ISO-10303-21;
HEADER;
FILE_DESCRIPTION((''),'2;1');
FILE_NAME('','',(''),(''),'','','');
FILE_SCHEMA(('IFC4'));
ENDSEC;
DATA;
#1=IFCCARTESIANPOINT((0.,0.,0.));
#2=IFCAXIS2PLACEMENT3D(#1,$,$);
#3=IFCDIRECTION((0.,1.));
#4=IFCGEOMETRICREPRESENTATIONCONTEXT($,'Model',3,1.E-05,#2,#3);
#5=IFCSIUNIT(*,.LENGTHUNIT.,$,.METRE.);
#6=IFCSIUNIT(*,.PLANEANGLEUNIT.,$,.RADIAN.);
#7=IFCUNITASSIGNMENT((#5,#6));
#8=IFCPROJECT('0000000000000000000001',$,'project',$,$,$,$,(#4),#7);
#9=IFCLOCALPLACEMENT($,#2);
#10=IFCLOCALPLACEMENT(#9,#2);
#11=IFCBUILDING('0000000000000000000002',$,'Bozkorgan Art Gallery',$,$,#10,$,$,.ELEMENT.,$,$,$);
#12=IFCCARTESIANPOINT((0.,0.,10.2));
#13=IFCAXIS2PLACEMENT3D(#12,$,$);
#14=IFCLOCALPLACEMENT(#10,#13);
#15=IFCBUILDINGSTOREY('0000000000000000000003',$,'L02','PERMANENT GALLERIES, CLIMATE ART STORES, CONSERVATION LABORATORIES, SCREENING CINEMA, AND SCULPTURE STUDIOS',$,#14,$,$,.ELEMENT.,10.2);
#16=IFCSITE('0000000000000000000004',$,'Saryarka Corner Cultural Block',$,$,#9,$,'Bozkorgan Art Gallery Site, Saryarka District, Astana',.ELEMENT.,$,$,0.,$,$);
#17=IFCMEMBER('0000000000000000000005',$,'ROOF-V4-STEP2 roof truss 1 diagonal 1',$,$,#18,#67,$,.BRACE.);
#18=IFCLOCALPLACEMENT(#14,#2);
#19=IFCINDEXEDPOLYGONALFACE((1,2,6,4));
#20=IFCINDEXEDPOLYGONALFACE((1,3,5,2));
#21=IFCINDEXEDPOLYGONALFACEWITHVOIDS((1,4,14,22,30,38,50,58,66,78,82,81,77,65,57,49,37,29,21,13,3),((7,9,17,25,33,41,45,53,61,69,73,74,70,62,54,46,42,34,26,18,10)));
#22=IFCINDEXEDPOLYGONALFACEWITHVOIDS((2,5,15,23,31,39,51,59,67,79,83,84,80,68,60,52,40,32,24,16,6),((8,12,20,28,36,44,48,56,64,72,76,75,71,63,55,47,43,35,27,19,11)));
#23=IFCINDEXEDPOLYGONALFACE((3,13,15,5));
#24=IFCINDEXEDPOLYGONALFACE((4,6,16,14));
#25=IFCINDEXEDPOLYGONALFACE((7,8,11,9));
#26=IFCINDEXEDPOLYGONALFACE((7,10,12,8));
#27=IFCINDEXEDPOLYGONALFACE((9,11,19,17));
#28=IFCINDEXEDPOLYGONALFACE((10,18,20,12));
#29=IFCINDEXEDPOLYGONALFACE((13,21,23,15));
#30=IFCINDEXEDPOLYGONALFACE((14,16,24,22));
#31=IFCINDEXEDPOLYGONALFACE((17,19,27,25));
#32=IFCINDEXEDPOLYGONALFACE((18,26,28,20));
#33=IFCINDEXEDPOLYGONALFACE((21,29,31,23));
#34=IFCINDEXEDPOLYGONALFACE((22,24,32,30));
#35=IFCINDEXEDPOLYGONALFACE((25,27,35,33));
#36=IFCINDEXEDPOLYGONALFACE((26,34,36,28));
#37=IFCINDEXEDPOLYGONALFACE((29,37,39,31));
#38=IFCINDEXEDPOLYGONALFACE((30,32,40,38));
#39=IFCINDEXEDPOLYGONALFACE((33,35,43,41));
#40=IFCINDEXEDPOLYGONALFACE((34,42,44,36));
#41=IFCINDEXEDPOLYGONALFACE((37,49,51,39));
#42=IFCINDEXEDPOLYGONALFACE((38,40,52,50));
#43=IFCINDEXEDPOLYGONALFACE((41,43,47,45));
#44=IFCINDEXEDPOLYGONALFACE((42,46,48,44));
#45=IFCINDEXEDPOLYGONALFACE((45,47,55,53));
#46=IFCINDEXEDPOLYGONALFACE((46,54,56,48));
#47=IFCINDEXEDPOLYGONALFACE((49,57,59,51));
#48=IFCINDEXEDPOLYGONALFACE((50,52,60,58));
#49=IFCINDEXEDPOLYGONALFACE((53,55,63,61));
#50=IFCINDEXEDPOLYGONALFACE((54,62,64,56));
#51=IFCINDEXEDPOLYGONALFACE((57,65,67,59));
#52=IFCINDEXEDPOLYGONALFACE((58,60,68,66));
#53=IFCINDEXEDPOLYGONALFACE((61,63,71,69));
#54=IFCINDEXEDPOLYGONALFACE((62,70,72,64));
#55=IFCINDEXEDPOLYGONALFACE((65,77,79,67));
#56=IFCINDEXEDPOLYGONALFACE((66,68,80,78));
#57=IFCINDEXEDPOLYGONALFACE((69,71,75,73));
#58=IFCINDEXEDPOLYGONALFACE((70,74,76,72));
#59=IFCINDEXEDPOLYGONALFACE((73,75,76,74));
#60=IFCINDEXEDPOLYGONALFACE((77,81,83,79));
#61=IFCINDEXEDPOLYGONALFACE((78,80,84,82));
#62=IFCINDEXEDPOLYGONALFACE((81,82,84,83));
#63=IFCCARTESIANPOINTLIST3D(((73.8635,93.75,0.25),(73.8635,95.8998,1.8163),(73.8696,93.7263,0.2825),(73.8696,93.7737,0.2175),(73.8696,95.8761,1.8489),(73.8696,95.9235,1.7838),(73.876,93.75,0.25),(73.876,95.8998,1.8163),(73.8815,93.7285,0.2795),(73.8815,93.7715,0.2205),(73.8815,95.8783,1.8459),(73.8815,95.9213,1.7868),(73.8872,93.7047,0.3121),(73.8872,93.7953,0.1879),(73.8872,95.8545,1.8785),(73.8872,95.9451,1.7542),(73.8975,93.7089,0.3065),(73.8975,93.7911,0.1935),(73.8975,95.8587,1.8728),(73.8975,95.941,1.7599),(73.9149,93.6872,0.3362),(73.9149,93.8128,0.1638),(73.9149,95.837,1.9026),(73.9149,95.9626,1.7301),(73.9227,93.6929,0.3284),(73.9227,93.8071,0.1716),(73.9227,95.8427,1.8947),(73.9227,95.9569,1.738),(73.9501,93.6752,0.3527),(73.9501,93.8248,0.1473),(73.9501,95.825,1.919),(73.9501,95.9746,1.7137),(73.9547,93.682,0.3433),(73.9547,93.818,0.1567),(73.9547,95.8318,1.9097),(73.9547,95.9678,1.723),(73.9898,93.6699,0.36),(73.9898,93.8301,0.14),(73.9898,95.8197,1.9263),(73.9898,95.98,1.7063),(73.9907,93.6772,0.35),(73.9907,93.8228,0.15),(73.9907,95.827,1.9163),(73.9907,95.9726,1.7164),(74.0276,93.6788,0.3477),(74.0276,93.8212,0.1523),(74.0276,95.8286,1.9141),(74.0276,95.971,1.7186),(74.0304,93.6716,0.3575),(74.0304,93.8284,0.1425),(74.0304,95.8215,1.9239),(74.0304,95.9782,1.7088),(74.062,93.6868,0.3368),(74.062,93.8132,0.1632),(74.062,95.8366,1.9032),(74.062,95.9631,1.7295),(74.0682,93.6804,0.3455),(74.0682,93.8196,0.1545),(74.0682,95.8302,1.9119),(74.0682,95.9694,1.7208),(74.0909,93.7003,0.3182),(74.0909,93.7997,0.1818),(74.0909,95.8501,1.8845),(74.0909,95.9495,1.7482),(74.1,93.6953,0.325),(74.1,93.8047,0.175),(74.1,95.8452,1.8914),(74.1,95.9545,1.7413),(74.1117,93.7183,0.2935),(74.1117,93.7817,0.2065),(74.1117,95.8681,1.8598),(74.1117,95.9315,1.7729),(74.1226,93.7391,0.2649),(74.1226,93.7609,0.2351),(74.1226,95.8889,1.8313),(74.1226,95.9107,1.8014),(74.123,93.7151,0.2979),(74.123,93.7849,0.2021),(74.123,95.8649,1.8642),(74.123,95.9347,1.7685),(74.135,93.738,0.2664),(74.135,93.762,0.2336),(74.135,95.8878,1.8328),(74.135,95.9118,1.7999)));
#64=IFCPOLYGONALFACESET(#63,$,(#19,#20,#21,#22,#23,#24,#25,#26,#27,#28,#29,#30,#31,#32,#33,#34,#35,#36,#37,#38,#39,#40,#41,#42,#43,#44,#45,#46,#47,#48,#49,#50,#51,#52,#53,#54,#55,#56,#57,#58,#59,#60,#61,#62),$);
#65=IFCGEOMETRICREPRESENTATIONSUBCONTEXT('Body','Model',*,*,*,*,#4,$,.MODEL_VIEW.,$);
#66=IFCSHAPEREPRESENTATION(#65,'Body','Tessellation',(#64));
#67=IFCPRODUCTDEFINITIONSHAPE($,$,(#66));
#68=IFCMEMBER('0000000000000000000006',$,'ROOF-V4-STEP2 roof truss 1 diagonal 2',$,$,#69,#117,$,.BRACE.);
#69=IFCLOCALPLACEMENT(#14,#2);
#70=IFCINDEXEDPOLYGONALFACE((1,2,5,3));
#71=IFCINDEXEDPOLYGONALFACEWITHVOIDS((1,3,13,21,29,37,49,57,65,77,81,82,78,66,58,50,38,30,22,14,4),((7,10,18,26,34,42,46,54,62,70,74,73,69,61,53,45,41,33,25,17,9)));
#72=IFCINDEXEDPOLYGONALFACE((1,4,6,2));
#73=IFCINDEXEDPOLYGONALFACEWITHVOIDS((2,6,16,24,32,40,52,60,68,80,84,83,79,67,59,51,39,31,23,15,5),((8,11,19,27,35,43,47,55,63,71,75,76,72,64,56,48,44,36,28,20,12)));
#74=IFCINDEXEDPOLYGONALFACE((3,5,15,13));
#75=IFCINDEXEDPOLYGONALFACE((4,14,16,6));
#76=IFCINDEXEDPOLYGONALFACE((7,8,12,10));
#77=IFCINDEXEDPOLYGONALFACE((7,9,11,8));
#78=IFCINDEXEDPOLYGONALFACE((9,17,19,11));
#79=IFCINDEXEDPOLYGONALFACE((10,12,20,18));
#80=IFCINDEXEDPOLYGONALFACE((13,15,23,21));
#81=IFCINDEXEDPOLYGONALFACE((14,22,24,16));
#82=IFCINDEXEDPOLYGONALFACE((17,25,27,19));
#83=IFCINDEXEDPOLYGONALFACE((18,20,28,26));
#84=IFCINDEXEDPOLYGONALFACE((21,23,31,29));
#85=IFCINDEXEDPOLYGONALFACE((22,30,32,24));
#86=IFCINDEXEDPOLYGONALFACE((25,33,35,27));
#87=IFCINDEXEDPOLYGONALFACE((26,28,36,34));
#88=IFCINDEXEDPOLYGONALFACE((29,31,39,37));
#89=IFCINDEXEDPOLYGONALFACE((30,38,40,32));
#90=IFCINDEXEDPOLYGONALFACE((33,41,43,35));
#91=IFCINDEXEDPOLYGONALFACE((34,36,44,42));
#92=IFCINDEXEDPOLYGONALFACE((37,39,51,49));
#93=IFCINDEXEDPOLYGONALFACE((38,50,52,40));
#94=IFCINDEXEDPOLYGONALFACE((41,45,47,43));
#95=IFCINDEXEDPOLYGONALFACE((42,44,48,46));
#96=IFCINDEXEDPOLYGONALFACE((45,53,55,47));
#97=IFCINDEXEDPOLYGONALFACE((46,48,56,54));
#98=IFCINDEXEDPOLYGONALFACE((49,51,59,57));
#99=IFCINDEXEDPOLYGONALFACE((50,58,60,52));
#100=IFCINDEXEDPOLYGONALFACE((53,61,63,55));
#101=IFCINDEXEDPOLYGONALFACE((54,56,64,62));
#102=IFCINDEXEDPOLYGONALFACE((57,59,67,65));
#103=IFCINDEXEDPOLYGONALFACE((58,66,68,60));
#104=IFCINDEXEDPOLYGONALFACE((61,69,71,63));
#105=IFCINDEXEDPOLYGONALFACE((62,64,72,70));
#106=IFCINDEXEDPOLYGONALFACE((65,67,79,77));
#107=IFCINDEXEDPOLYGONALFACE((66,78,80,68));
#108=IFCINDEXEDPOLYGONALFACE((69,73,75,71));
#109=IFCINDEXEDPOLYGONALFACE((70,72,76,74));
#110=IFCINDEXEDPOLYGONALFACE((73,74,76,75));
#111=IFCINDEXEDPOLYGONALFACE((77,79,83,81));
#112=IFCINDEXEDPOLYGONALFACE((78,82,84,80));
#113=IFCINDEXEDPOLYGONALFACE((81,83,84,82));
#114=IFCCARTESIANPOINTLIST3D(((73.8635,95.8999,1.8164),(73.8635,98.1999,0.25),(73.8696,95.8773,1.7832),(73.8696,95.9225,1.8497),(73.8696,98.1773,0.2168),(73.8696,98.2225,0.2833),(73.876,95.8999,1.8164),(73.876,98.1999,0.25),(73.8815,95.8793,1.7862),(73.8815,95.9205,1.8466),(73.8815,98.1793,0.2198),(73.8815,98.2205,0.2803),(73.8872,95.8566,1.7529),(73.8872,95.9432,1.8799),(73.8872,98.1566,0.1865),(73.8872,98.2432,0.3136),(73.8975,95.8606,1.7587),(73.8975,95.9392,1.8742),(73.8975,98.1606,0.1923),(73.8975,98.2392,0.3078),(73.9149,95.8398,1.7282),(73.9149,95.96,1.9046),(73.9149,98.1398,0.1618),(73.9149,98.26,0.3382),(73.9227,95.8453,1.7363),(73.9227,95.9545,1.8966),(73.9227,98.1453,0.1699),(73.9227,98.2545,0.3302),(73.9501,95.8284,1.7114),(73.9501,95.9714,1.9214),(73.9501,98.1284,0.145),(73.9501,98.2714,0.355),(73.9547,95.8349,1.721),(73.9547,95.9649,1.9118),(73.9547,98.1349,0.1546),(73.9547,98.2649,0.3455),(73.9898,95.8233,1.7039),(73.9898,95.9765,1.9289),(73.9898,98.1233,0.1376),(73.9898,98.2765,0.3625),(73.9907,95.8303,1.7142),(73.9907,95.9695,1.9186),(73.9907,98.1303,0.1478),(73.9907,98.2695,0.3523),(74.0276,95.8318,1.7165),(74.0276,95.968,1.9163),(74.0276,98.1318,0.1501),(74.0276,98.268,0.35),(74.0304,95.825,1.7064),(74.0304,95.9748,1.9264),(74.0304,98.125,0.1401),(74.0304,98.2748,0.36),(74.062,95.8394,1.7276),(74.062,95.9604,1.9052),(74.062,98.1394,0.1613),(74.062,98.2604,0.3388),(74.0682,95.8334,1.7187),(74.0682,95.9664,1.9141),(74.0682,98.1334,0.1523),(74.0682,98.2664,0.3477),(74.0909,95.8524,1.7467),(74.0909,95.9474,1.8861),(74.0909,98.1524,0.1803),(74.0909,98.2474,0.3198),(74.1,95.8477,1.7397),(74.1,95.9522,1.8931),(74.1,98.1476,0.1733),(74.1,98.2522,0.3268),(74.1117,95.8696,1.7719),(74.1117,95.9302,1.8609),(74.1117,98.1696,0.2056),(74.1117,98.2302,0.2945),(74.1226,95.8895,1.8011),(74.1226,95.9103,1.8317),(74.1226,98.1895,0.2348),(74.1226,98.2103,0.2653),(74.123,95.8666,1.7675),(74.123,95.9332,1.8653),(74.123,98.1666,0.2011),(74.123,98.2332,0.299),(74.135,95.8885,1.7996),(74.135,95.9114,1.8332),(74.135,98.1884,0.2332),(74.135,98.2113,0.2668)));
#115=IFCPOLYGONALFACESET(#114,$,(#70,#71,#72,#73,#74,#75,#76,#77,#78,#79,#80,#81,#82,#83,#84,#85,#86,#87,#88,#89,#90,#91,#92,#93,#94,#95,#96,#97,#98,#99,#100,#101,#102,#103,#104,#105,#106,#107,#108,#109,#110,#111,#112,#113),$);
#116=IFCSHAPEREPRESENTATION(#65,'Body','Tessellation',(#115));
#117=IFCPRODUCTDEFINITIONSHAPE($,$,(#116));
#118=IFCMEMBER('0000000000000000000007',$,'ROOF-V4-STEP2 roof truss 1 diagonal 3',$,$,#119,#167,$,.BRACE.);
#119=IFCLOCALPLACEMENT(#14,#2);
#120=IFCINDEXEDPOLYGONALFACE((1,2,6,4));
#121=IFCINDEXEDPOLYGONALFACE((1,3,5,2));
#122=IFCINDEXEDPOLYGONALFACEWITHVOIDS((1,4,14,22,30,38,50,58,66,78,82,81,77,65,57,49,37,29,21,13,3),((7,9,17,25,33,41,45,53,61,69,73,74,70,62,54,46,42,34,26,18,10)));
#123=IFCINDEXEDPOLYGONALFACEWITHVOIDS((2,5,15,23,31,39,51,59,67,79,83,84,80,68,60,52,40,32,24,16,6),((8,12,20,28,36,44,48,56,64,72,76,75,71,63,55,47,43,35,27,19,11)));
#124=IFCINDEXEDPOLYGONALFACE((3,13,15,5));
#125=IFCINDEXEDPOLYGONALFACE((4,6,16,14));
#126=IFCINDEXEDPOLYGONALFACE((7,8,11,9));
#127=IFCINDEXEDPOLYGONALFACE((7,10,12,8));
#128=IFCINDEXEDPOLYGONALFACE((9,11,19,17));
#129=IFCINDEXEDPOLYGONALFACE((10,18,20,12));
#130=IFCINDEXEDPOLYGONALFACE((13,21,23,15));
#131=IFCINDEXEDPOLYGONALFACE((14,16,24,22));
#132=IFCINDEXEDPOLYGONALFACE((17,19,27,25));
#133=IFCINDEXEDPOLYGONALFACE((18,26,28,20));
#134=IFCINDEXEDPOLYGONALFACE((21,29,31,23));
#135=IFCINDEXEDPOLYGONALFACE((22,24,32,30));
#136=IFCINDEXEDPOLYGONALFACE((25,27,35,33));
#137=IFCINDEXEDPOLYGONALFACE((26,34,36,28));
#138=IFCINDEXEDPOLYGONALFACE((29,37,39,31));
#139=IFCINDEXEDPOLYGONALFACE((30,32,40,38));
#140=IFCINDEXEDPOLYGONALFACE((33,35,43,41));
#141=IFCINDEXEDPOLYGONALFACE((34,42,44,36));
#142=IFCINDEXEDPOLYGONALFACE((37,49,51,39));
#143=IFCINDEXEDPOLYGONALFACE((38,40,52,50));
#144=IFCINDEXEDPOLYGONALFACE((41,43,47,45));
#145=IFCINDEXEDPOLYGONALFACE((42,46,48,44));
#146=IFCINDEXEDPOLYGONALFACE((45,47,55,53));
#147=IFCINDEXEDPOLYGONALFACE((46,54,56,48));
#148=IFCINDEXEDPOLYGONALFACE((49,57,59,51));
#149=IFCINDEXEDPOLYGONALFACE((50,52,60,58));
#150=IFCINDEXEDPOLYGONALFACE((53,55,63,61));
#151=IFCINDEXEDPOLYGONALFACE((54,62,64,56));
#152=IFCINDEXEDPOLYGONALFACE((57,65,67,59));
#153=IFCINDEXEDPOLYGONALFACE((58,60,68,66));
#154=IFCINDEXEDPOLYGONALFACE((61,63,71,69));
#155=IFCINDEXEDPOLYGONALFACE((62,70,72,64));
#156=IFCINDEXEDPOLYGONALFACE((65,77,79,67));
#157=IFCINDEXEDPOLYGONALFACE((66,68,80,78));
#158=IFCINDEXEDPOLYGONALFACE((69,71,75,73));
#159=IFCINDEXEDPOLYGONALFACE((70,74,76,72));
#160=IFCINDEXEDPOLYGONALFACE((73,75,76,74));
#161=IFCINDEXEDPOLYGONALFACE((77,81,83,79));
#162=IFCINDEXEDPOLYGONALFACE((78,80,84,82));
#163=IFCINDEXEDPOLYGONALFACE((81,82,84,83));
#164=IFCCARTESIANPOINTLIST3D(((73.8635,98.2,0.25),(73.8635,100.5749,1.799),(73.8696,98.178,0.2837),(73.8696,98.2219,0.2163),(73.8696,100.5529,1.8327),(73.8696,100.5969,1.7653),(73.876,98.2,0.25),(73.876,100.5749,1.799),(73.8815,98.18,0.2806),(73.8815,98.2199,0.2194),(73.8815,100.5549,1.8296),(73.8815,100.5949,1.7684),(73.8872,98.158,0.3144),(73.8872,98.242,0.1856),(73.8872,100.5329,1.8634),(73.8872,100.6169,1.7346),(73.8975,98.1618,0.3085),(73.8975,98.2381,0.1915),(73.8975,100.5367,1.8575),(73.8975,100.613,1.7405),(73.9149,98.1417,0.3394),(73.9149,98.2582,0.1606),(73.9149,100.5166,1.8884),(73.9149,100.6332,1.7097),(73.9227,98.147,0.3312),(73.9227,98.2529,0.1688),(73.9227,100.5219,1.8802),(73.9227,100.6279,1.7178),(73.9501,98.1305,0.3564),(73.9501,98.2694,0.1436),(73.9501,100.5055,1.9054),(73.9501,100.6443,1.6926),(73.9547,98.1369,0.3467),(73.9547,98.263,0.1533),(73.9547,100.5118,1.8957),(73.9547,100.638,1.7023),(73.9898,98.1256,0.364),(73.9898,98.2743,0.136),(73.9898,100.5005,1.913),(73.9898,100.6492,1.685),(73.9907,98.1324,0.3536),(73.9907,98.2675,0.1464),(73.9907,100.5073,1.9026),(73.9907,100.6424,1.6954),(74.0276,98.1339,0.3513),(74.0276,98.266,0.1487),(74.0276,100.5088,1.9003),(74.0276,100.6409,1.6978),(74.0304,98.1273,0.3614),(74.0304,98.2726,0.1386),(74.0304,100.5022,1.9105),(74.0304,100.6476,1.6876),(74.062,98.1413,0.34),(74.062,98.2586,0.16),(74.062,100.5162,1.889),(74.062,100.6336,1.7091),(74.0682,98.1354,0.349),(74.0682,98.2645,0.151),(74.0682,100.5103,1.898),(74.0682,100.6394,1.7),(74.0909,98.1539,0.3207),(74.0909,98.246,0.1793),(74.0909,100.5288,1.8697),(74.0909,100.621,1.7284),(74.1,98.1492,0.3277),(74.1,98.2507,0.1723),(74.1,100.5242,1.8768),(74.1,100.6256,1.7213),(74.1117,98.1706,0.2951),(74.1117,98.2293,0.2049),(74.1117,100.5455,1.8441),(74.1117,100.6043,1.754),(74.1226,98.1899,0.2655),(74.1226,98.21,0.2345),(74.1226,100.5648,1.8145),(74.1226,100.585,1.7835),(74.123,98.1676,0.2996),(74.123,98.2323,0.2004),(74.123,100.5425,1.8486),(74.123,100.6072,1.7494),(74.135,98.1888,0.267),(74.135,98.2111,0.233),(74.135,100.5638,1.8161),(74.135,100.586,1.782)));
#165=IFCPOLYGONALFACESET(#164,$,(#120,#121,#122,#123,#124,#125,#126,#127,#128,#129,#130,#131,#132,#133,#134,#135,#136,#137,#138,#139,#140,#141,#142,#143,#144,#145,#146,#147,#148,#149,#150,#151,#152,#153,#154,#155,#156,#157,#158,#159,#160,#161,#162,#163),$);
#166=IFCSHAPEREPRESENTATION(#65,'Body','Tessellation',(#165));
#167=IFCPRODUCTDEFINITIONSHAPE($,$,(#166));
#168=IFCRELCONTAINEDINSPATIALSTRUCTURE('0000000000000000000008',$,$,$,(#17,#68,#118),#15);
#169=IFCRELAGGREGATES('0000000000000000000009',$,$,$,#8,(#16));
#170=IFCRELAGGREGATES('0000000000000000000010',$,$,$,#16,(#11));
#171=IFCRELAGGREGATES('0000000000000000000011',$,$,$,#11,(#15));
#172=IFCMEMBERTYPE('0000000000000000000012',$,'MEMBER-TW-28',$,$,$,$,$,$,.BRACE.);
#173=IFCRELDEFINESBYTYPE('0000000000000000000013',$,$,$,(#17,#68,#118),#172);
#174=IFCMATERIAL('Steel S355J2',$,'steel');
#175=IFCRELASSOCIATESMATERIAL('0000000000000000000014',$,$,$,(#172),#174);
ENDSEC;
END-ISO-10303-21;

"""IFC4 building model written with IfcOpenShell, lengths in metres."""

from ifc_helpers import new_model, si_unit, direction, frame, origin, origin_2d, place, context, subcontext, project, spatial, hollow_circle, extrude, material, material_profile, profile_set, type_object, element, save


model = new_model("IFC4")

# Units and contexts
model_context = context("Model", 3, precision=1e-05, world=origin(), true_north=direction((0.0, 1.0)))
body_context = subcontext(model_context, "Body", "Model", "MODEL_VIEW")
ifc_project = project(units=[si_unit("LENGTHUNIT", "METRE"), si_unit("PLANEANGLEUNIT", "RADIAN")], contexts=[model_context])

# Site, building, storey
site_placement = place(None, origin())
site = spatial("IfcSite", under=ifc_project, at=site_placement, Name="Saryarka Corner Cultural Block", LongName="Bozkorgan Art Gallery Site, Saryarka District, Astana", CompositionType="ELEMENT", RefElevation=0.0)
building_placement = place(site_placement, origin())
building = spatial("IfcBuilding", under=site, at=building_placement, Name="Bozkorgan Art Gallery", CompositionType="ELEMENT")
storey_placement = place(building_placement, frame((0.0, 0.0, 10.2)))
storey = spatial("IfcBuildingStorey", under=building, at=storey_placement, Name="L02", Description="PERMANENT GALLERIES, CLIMATE ART STORES, CONSERVATION LABORATORIES, SCREENING CINEMA, AND SCULPTURE STUDIOS", CompositionType="ELEMENT", Elevation=10.2)

# Shared definitions
ifc_material_1 = material(Name="Steel S355J2", Category="steel")

# Members
ifc_material_profile_1 = material_profile(ifc_material_1, hollow_circle(Radius=0.1365, WallThickness=0.0125, at=origin_2d()), Name="CHS 273x12.5")
ifc_profile_set_1 = profile_set([ifc_material_profile_1], Name="Steel S355J2")
member_type_1 = type_object("IfcMemberType", Name="MEMBER-TW-28", PredefinedType="BRACE", material=ifc_profile_set_1)
member_1_placement = place(storey_placement, frame((74.0, 93.75, 0.25), z_axis=(0.0, 0.808228, 0.58887), x_axis=(-1.0, 0.0, 0.0)))
element("IfcMember", 1, at=member_1_placement, inside=storey, type_object=member_type_1, Name="ROOF-V4-STEP2 roof truss 1 diagonal 1", PredefinedType="BRACE", context=body_context, shape_type="SweptSolid", body=[
    extrude(hollow_circle(Radius=0.1365, WallThickness=0.0125, at=origin_2d()), origin(), (0.0, 0.0, 1.0), 2.6599),
])
member_2_placement = place(storey_placement, frame((74.0, 95.8999, 1.8164), z_axis=(0.0, 0.82653, -0.562893), x_axis=(-1.0, 0.0, 0.0)))
element("IfcMember", 2, at=member_2_placement, inside=storey, type_object=member_type_1, Name="ROOF-V4-STEP2 roof truss 1 diagonal 2", PredefinedType="BRACE", context=body_context, shape_type="SweptSolid", body=[
    extrude(hollow_circle(Radius=0.1365, WallThickness=0.0125, at=origin_2d()), origin(), (0.0, 0.0, 1.0), 2.7827),
])
for number, where, z_axis, x_axis, name in (
    (3, (74.0, 98.2, 0.25), (0.0, 0.837585, 0.546307), (-1.0, 0.0, 0.0), "ROOF-V4-STEP2 roof truss 1 diagonal 3"),
):
    element("IfcMember", number, at=place(storey_placement, frame(where, z_axis=z_axis, x_axis=x_axis)), inside=storey, type_object=member_type_1, Name=name, PredefinedType="BRACE", context=body_context, shape_type="SweptSolid", body=[
        extrude(hollow_circle(Radius=0.1365, WallThickness=0.0125, at=origin_2d()), origin(), (0.0, 0.0, 1.0), 2.8354),
    ])

save(model, "model.ifc")
